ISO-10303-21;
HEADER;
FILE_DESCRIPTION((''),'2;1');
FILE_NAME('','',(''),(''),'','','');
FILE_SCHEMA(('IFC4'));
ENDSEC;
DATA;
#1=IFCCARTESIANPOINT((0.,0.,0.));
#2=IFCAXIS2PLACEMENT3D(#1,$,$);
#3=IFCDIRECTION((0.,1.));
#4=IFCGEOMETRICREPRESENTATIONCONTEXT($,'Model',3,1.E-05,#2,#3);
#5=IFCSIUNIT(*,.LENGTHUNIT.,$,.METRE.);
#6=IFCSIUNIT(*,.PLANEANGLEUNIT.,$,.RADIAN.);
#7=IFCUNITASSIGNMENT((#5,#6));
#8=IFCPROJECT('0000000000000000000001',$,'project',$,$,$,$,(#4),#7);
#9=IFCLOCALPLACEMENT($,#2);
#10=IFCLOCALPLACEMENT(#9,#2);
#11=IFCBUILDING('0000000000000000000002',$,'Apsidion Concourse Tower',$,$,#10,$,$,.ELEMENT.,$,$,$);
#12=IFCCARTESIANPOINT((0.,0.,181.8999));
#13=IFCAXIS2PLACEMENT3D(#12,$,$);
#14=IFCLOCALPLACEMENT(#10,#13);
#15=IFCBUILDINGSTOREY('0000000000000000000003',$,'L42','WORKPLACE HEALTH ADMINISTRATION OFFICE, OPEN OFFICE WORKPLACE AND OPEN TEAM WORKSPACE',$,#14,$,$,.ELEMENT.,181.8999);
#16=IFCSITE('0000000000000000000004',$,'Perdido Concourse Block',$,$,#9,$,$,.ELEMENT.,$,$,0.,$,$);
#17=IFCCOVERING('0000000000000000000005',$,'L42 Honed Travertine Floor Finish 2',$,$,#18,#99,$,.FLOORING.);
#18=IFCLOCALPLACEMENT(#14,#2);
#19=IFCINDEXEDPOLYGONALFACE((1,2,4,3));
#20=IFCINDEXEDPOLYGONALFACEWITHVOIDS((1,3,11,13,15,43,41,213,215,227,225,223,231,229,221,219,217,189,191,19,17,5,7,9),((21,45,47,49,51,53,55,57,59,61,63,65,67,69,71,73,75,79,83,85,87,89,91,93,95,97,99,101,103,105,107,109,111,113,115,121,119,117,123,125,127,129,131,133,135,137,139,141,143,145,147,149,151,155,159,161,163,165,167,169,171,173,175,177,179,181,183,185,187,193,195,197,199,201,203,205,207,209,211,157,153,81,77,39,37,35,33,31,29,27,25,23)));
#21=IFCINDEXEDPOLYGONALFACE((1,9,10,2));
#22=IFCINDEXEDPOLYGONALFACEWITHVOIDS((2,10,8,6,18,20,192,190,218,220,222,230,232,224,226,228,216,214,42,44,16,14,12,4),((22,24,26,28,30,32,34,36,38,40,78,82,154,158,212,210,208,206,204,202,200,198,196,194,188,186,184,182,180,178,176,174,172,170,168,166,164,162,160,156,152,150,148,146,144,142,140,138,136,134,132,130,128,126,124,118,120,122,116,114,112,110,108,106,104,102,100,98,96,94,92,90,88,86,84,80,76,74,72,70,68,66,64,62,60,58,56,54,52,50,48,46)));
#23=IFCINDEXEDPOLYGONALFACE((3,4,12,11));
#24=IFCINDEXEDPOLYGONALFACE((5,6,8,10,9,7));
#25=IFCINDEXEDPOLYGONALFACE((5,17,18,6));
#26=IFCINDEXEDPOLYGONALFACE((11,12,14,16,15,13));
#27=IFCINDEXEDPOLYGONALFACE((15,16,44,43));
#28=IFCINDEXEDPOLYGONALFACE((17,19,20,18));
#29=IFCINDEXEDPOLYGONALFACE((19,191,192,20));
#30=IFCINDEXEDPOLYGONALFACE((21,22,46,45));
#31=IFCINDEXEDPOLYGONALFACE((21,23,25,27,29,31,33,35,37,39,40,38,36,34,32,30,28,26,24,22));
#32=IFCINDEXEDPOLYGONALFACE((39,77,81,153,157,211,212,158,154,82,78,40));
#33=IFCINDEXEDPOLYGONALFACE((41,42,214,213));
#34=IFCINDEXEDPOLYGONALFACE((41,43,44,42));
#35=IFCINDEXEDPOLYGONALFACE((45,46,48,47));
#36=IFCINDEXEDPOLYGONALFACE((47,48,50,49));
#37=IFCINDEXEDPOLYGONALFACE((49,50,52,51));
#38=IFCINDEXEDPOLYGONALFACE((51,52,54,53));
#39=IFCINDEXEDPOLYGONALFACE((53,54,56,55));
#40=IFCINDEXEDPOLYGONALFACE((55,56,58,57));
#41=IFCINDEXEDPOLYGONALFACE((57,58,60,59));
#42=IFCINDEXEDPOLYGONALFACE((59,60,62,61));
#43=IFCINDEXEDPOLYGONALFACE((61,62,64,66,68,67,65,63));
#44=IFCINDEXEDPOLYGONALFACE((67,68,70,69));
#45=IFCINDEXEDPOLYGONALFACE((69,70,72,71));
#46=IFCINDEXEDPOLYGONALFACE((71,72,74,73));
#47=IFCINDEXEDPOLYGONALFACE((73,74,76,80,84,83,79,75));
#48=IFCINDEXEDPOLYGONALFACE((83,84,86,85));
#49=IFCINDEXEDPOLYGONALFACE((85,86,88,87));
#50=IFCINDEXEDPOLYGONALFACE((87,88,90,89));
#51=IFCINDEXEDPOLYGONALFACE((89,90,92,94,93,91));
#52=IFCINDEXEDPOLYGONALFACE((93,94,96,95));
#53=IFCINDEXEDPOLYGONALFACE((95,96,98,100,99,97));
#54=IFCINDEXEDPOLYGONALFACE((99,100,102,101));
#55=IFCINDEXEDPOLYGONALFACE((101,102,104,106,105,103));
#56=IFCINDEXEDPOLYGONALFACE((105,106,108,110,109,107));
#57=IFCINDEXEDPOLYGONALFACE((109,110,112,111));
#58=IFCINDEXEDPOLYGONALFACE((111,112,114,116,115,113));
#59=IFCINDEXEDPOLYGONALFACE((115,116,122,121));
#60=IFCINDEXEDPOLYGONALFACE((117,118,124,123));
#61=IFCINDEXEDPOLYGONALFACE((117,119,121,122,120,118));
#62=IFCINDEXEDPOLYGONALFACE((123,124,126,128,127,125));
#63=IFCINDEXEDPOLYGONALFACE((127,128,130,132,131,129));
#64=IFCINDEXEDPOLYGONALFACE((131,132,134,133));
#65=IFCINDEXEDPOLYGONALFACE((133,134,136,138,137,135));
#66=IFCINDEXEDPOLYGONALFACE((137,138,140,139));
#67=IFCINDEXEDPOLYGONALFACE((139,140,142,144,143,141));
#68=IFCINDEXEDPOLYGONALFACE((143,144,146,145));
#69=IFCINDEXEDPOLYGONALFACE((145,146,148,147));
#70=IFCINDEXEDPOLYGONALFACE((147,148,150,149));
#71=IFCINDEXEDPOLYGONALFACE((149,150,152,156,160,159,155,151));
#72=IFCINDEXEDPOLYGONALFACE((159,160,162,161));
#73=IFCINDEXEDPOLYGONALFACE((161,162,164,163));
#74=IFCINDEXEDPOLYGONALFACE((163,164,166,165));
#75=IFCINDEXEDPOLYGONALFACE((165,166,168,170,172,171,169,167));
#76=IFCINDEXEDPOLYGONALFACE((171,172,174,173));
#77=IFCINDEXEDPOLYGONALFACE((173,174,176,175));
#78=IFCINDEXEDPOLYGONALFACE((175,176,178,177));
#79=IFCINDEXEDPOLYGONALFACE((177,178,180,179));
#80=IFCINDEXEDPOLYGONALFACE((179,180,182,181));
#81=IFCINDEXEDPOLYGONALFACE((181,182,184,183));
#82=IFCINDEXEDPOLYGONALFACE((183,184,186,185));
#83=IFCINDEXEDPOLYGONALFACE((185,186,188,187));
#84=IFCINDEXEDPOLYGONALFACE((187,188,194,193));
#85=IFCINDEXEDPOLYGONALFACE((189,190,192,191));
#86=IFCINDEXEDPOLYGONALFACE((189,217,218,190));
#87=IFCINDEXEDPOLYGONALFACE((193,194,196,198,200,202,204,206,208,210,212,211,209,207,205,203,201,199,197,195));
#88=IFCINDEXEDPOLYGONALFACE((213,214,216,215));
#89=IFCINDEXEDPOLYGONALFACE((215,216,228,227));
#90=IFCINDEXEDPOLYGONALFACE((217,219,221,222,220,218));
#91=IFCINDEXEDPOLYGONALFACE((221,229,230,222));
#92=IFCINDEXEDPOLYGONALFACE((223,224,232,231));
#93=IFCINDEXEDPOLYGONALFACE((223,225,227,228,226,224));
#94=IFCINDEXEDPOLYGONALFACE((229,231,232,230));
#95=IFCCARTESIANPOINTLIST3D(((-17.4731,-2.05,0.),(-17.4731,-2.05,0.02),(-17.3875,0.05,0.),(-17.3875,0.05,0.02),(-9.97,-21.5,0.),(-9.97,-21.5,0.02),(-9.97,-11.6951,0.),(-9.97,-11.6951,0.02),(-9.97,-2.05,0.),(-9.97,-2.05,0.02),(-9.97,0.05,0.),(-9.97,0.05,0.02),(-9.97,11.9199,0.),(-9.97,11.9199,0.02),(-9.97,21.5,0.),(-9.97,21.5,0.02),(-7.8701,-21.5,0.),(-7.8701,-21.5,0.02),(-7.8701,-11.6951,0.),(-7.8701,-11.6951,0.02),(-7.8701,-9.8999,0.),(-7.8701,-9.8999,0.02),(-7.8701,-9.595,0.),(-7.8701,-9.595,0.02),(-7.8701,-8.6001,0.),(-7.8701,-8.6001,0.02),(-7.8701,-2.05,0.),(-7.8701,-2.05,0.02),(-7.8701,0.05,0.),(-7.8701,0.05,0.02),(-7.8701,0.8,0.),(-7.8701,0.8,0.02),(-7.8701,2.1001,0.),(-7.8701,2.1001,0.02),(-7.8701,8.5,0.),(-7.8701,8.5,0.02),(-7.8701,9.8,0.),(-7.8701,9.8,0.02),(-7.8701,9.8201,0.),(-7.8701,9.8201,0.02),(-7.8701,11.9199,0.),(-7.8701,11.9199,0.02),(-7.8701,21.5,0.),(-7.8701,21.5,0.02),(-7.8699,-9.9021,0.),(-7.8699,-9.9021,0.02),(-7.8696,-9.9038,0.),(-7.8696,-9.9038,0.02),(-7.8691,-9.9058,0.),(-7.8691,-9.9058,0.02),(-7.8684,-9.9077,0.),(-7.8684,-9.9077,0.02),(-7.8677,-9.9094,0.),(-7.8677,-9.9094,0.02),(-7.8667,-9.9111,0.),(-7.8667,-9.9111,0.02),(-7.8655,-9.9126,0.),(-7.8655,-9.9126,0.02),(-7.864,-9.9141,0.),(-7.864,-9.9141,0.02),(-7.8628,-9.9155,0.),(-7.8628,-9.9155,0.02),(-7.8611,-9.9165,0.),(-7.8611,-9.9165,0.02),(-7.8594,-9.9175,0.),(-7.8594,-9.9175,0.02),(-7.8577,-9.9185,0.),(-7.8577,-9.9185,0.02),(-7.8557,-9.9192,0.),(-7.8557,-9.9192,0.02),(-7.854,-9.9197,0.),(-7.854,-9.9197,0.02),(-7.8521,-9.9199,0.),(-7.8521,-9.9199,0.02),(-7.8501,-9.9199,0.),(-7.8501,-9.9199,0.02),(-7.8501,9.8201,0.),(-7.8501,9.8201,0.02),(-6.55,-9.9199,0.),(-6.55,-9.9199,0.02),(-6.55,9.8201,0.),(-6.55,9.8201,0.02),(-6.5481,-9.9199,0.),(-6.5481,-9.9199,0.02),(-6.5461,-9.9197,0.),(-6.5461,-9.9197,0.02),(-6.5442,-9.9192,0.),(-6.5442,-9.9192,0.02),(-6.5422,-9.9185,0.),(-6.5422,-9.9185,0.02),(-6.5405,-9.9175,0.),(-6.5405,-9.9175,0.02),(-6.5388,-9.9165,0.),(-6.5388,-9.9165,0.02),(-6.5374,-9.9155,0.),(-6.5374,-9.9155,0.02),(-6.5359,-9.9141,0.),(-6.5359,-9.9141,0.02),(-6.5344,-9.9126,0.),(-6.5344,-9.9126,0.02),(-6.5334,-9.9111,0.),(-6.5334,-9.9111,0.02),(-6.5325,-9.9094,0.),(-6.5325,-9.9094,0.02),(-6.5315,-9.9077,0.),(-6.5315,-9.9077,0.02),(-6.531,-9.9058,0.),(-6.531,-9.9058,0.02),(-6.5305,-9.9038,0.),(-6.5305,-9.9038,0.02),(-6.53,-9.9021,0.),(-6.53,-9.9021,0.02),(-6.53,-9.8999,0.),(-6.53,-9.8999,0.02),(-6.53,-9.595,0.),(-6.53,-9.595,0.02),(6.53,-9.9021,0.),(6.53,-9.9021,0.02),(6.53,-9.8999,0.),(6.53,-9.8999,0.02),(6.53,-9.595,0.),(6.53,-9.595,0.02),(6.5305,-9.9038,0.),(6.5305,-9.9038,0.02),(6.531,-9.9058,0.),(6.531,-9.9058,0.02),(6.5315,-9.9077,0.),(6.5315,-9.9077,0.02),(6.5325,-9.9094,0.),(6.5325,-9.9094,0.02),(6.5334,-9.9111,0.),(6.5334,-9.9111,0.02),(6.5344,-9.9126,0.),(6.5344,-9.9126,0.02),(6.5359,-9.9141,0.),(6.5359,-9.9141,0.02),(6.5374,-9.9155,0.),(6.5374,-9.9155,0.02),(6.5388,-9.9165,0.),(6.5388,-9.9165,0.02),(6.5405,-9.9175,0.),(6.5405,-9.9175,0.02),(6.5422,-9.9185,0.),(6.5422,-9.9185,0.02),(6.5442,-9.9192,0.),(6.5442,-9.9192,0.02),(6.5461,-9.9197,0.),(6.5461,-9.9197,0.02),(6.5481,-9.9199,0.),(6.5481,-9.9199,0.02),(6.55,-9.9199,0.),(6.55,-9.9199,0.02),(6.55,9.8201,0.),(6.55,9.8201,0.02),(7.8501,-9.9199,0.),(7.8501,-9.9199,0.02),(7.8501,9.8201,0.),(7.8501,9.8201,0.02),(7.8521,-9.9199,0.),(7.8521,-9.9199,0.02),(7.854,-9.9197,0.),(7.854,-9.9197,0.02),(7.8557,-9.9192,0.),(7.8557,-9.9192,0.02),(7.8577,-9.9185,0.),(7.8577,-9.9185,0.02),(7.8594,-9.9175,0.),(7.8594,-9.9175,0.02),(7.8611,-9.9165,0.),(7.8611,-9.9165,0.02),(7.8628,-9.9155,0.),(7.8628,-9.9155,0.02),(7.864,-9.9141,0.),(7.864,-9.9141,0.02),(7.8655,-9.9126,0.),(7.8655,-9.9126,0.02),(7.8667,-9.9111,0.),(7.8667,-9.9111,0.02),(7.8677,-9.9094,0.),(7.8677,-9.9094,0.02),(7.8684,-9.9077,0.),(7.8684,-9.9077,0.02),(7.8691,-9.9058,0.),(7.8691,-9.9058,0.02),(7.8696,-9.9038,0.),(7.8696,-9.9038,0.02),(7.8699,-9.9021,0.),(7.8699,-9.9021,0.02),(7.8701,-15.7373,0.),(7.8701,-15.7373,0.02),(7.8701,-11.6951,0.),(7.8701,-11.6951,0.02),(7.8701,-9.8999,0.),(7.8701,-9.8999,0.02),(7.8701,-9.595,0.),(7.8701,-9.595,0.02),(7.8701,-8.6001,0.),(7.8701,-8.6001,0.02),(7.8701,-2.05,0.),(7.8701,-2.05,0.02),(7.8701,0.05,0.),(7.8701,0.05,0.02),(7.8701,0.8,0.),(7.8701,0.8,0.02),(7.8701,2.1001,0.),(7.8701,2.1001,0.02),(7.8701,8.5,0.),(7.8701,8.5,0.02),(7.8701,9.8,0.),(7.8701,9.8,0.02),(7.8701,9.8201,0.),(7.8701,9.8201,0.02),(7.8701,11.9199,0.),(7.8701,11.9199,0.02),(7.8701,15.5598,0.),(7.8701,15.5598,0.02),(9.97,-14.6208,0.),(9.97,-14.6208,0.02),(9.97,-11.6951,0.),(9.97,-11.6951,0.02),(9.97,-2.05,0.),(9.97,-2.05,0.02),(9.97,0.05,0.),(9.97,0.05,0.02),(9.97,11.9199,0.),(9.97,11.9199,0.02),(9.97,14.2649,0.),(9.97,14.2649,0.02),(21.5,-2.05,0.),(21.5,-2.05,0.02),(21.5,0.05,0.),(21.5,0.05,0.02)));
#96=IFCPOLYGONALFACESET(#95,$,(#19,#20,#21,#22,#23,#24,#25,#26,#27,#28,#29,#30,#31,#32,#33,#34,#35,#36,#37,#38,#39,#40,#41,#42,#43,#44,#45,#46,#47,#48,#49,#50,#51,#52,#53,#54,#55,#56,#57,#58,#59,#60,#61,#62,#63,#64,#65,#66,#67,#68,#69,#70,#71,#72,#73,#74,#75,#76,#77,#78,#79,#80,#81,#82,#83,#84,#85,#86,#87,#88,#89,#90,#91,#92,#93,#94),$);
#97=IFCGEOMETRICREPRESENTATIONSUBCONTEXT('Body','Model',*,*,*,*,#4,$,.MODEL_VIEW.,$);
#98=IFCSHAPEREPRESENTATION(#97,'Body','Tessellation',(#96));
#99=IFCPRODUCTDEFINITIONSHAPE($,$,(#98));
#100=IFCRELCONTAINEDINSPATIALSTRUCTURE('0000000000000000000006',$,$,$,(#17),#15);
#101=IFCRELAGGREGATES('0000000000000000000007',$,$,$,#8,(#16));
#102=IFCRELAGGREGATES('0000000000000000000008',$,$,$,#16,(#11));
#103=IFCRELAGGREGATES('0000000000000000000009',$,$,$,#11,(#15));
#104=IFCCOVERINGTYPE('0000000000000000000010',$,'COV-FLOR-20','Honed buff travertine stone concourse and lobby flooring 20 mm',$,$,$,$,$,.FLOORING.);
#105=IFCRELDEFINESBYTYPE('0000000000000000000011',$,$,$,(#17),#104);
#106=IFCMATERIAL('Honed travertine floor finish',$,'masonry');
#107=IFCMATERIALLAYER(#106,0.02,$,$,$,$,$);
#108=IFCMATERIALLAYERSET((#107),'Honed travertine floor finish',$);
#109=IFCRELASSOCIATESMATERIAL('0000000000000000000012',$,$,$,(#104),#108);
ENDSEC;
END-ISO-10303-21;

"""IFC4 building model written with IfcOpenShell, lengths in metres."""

from ifc_helpers import new_model, si_unit, direction, frame, origin, place, context, subcontext, project, spatial, polyline, outline, extrude, material, layer, layer_set, type_object, element, save


model = new_model("IFC4")

# Units and contexts
model_context = context("Model", 3, precision=1e-05, world=origin(), true_north=direction((0.0, 1.0)))
body_context = subcontext(model_context, "Body", "Model", "MODEL_VIEW")
ifc_project = project(units=[si_unit("LENGTHUNIT", "METRE"), si_unit("PLANEANGLEUNIT", "RADIAN")], contexts=[model_context])

# Site, building, storey
site_placement = place(None, origin())
site = spatial("IfcSite", under=ifc_project, at=site_placement, Name="Perdido Concourse Block", CompositionType="ELEMENT", RefElevation=0.0)
building_placement = place(site_placement, origin())
building = spatial("IfcBuilding", under=site, at=building_placement, Name="Apsidion Concourse Tower", CompositionType="ELEMENT")
storey_placement = place(building_placement, frame((0.0, 0.0, 181.8999)))
storey = spatial("IfcBuildingStorey", under=building, at=storey_placement, Name="L42", Description="WORKPLACE HEALTH ADMINISTRATION OFFICE, OPEN OFFICE WORKPLACE AND OPEN TEAM WORKSPACE", CompositionType="ELEMENT", Elevation=181.8999)

# Covering
ifc_material_1 = material(Name="Honed travertine floor finish", Category="masonry")
ifc_layer_1 = layer(ifc_material_1, 0.02)
ifc_layer_set_1 = layer_set([ifc_layer_1], Name="Honed travertine floor finish")
covering_type_1 = type_object("IfcCoveringType", Name="COV-FLOR-20", Description="Honed buff travertine stone concourse and lobby flooring 20 mm", PredefinedType="FLOORING", material=ifc_layer_set_1)
covering_1_placement = place(storey_placement, origin())
element("IfcCovering", 1, at=covering_1_placement, inside=storey, type_object=covering_type_1, Name="L42 Honed Travertine Floor Finish 2", PredefinedType="FLOORING", context=body_context, shape_type="SweptSolid", body=[
    extrude(outline(polyline([(9.97, -14.6208), (7.8701, -15.7373), (7.8701, -11.6951), (-7.8701, -11.6951), (-7.8701, -21.5), (-9.97, -21.5), (-9.97, -11.6951), (-9.97, -2.05), (-17.4731, -2.05), (-17.3875, 0.05), (-9.97, 0.05), (-9.97, 11.9199), (-9.97, 21.5), (-7.8701, 21.5), (-7.8701, 11.9199), (7.8701, 11.9199), (7.8701, 15.5598), (9.97, 14.2649), (9.97, 11.9199), (9.97, 0.05), (21.5, 0.05), (21.5, -2.05), (9.97, -2.05), (9.97, -11.6951), (9.97, -14.6208)]), holes=[polyline([(7.8701, -8.6001), (7.8701, -2.05), (7.8701, 0.05), (7.8701, 0.8), (7.8701, 2.1001), (7.8701, 8.5), (7.8701, 9.8), (7.8701, 9.8201), (7.8501, 9.8201), (6.55, 9.8201), (-6.55, 9.8201), (-7.8501, 9.8201), (-7.8701, 9.8201), (-7.8701, 9.8), (-7.8701, 8.5), (-7.8701, 2.1001), (-7.8701, 0.8), (-7.8701, 0.05), (-7.8701, -2.05), (-7.8701, -8.6001), (-7.8701, -9.595), (-7.8701, -9.8999), (-7.8699, -9.9021), (-7.8696, -9.9038), (-7.8691, -9.9058), (-7.8684, -9.9077), (-7.8677, -9.9094), (-7.8667, -9.9111), (-7.8655, -9.9126), (-7.864, -9.9141), (-7.8628, -9.9155), (-7.8611, -9.9165), (-7.8594, -9.9175), (-7.8577, -9.9185), (-7.8557, -9.9192), (-7.854, -9.9197), (-7.8521, -9.9199), (-7.8501, -9.9199), (-6.55, -9.9199), (-6.5481, -9.9199), (-6.5461, -9.9197), (-6.5442, -9.9192), (-6.5422, -9.9185), (-6.5405, -9.9175), (-6.5388, -9.9165), (-6.5374, -9.9155), (-6.5359, -9.9141), (-6.5344, -9.9126), (-6.5334, -9.9111), (-6.5325, -9.9094), (-6.5315, -9.9077), (-6.531, -9.9058), (-6.5305, -9.9038), (-6.53, -9.9021), (-6.53, -9.8999), (-6.53, -9.595), (6.53, -9.595), (6.53, -9.8999), (6.53, -9.9021), (6.5305, -9.9038), (6.531, -9.9058), (6.5315, -9.9077), (6.5325, -9.9094), (6.5334, -9.9111), (6.5344, -9.9126), (6.5359, -9.9141), (6.5374, -9.9155), (6.5388, -9.9165), (6.5405, -9.9175), (6.5422, -9.9185), (6.5442, -9.9192), (6.5461, -9.9197), (6.5481, -9.9199), (6.55, -9.9199), (7.8501, -9.9199), (7.8521, -9.9199), (7.854, -9.9197), (7.8557, -9.9192), (7.8577, -9.9185), (7.8594, -9.9175), (7.8611, -9.9165), (7.8628, -9.9155), (7.864, -9.9141), (7.8655, -9.9126), (7.8667, -9.9111), (7.8677, -9.9094), (7.8684, -9.9077), (7.8691, -9.9058), (7.8696, -9.9038), (7.8699, -9.9021), (7.8701, -9.8999), (7.8701, -9.595), (7.8701, -8.6001)])]), origin(), (0.0, 0.0, 1.0), 0.02),
])

save(model, "model.ifc")
